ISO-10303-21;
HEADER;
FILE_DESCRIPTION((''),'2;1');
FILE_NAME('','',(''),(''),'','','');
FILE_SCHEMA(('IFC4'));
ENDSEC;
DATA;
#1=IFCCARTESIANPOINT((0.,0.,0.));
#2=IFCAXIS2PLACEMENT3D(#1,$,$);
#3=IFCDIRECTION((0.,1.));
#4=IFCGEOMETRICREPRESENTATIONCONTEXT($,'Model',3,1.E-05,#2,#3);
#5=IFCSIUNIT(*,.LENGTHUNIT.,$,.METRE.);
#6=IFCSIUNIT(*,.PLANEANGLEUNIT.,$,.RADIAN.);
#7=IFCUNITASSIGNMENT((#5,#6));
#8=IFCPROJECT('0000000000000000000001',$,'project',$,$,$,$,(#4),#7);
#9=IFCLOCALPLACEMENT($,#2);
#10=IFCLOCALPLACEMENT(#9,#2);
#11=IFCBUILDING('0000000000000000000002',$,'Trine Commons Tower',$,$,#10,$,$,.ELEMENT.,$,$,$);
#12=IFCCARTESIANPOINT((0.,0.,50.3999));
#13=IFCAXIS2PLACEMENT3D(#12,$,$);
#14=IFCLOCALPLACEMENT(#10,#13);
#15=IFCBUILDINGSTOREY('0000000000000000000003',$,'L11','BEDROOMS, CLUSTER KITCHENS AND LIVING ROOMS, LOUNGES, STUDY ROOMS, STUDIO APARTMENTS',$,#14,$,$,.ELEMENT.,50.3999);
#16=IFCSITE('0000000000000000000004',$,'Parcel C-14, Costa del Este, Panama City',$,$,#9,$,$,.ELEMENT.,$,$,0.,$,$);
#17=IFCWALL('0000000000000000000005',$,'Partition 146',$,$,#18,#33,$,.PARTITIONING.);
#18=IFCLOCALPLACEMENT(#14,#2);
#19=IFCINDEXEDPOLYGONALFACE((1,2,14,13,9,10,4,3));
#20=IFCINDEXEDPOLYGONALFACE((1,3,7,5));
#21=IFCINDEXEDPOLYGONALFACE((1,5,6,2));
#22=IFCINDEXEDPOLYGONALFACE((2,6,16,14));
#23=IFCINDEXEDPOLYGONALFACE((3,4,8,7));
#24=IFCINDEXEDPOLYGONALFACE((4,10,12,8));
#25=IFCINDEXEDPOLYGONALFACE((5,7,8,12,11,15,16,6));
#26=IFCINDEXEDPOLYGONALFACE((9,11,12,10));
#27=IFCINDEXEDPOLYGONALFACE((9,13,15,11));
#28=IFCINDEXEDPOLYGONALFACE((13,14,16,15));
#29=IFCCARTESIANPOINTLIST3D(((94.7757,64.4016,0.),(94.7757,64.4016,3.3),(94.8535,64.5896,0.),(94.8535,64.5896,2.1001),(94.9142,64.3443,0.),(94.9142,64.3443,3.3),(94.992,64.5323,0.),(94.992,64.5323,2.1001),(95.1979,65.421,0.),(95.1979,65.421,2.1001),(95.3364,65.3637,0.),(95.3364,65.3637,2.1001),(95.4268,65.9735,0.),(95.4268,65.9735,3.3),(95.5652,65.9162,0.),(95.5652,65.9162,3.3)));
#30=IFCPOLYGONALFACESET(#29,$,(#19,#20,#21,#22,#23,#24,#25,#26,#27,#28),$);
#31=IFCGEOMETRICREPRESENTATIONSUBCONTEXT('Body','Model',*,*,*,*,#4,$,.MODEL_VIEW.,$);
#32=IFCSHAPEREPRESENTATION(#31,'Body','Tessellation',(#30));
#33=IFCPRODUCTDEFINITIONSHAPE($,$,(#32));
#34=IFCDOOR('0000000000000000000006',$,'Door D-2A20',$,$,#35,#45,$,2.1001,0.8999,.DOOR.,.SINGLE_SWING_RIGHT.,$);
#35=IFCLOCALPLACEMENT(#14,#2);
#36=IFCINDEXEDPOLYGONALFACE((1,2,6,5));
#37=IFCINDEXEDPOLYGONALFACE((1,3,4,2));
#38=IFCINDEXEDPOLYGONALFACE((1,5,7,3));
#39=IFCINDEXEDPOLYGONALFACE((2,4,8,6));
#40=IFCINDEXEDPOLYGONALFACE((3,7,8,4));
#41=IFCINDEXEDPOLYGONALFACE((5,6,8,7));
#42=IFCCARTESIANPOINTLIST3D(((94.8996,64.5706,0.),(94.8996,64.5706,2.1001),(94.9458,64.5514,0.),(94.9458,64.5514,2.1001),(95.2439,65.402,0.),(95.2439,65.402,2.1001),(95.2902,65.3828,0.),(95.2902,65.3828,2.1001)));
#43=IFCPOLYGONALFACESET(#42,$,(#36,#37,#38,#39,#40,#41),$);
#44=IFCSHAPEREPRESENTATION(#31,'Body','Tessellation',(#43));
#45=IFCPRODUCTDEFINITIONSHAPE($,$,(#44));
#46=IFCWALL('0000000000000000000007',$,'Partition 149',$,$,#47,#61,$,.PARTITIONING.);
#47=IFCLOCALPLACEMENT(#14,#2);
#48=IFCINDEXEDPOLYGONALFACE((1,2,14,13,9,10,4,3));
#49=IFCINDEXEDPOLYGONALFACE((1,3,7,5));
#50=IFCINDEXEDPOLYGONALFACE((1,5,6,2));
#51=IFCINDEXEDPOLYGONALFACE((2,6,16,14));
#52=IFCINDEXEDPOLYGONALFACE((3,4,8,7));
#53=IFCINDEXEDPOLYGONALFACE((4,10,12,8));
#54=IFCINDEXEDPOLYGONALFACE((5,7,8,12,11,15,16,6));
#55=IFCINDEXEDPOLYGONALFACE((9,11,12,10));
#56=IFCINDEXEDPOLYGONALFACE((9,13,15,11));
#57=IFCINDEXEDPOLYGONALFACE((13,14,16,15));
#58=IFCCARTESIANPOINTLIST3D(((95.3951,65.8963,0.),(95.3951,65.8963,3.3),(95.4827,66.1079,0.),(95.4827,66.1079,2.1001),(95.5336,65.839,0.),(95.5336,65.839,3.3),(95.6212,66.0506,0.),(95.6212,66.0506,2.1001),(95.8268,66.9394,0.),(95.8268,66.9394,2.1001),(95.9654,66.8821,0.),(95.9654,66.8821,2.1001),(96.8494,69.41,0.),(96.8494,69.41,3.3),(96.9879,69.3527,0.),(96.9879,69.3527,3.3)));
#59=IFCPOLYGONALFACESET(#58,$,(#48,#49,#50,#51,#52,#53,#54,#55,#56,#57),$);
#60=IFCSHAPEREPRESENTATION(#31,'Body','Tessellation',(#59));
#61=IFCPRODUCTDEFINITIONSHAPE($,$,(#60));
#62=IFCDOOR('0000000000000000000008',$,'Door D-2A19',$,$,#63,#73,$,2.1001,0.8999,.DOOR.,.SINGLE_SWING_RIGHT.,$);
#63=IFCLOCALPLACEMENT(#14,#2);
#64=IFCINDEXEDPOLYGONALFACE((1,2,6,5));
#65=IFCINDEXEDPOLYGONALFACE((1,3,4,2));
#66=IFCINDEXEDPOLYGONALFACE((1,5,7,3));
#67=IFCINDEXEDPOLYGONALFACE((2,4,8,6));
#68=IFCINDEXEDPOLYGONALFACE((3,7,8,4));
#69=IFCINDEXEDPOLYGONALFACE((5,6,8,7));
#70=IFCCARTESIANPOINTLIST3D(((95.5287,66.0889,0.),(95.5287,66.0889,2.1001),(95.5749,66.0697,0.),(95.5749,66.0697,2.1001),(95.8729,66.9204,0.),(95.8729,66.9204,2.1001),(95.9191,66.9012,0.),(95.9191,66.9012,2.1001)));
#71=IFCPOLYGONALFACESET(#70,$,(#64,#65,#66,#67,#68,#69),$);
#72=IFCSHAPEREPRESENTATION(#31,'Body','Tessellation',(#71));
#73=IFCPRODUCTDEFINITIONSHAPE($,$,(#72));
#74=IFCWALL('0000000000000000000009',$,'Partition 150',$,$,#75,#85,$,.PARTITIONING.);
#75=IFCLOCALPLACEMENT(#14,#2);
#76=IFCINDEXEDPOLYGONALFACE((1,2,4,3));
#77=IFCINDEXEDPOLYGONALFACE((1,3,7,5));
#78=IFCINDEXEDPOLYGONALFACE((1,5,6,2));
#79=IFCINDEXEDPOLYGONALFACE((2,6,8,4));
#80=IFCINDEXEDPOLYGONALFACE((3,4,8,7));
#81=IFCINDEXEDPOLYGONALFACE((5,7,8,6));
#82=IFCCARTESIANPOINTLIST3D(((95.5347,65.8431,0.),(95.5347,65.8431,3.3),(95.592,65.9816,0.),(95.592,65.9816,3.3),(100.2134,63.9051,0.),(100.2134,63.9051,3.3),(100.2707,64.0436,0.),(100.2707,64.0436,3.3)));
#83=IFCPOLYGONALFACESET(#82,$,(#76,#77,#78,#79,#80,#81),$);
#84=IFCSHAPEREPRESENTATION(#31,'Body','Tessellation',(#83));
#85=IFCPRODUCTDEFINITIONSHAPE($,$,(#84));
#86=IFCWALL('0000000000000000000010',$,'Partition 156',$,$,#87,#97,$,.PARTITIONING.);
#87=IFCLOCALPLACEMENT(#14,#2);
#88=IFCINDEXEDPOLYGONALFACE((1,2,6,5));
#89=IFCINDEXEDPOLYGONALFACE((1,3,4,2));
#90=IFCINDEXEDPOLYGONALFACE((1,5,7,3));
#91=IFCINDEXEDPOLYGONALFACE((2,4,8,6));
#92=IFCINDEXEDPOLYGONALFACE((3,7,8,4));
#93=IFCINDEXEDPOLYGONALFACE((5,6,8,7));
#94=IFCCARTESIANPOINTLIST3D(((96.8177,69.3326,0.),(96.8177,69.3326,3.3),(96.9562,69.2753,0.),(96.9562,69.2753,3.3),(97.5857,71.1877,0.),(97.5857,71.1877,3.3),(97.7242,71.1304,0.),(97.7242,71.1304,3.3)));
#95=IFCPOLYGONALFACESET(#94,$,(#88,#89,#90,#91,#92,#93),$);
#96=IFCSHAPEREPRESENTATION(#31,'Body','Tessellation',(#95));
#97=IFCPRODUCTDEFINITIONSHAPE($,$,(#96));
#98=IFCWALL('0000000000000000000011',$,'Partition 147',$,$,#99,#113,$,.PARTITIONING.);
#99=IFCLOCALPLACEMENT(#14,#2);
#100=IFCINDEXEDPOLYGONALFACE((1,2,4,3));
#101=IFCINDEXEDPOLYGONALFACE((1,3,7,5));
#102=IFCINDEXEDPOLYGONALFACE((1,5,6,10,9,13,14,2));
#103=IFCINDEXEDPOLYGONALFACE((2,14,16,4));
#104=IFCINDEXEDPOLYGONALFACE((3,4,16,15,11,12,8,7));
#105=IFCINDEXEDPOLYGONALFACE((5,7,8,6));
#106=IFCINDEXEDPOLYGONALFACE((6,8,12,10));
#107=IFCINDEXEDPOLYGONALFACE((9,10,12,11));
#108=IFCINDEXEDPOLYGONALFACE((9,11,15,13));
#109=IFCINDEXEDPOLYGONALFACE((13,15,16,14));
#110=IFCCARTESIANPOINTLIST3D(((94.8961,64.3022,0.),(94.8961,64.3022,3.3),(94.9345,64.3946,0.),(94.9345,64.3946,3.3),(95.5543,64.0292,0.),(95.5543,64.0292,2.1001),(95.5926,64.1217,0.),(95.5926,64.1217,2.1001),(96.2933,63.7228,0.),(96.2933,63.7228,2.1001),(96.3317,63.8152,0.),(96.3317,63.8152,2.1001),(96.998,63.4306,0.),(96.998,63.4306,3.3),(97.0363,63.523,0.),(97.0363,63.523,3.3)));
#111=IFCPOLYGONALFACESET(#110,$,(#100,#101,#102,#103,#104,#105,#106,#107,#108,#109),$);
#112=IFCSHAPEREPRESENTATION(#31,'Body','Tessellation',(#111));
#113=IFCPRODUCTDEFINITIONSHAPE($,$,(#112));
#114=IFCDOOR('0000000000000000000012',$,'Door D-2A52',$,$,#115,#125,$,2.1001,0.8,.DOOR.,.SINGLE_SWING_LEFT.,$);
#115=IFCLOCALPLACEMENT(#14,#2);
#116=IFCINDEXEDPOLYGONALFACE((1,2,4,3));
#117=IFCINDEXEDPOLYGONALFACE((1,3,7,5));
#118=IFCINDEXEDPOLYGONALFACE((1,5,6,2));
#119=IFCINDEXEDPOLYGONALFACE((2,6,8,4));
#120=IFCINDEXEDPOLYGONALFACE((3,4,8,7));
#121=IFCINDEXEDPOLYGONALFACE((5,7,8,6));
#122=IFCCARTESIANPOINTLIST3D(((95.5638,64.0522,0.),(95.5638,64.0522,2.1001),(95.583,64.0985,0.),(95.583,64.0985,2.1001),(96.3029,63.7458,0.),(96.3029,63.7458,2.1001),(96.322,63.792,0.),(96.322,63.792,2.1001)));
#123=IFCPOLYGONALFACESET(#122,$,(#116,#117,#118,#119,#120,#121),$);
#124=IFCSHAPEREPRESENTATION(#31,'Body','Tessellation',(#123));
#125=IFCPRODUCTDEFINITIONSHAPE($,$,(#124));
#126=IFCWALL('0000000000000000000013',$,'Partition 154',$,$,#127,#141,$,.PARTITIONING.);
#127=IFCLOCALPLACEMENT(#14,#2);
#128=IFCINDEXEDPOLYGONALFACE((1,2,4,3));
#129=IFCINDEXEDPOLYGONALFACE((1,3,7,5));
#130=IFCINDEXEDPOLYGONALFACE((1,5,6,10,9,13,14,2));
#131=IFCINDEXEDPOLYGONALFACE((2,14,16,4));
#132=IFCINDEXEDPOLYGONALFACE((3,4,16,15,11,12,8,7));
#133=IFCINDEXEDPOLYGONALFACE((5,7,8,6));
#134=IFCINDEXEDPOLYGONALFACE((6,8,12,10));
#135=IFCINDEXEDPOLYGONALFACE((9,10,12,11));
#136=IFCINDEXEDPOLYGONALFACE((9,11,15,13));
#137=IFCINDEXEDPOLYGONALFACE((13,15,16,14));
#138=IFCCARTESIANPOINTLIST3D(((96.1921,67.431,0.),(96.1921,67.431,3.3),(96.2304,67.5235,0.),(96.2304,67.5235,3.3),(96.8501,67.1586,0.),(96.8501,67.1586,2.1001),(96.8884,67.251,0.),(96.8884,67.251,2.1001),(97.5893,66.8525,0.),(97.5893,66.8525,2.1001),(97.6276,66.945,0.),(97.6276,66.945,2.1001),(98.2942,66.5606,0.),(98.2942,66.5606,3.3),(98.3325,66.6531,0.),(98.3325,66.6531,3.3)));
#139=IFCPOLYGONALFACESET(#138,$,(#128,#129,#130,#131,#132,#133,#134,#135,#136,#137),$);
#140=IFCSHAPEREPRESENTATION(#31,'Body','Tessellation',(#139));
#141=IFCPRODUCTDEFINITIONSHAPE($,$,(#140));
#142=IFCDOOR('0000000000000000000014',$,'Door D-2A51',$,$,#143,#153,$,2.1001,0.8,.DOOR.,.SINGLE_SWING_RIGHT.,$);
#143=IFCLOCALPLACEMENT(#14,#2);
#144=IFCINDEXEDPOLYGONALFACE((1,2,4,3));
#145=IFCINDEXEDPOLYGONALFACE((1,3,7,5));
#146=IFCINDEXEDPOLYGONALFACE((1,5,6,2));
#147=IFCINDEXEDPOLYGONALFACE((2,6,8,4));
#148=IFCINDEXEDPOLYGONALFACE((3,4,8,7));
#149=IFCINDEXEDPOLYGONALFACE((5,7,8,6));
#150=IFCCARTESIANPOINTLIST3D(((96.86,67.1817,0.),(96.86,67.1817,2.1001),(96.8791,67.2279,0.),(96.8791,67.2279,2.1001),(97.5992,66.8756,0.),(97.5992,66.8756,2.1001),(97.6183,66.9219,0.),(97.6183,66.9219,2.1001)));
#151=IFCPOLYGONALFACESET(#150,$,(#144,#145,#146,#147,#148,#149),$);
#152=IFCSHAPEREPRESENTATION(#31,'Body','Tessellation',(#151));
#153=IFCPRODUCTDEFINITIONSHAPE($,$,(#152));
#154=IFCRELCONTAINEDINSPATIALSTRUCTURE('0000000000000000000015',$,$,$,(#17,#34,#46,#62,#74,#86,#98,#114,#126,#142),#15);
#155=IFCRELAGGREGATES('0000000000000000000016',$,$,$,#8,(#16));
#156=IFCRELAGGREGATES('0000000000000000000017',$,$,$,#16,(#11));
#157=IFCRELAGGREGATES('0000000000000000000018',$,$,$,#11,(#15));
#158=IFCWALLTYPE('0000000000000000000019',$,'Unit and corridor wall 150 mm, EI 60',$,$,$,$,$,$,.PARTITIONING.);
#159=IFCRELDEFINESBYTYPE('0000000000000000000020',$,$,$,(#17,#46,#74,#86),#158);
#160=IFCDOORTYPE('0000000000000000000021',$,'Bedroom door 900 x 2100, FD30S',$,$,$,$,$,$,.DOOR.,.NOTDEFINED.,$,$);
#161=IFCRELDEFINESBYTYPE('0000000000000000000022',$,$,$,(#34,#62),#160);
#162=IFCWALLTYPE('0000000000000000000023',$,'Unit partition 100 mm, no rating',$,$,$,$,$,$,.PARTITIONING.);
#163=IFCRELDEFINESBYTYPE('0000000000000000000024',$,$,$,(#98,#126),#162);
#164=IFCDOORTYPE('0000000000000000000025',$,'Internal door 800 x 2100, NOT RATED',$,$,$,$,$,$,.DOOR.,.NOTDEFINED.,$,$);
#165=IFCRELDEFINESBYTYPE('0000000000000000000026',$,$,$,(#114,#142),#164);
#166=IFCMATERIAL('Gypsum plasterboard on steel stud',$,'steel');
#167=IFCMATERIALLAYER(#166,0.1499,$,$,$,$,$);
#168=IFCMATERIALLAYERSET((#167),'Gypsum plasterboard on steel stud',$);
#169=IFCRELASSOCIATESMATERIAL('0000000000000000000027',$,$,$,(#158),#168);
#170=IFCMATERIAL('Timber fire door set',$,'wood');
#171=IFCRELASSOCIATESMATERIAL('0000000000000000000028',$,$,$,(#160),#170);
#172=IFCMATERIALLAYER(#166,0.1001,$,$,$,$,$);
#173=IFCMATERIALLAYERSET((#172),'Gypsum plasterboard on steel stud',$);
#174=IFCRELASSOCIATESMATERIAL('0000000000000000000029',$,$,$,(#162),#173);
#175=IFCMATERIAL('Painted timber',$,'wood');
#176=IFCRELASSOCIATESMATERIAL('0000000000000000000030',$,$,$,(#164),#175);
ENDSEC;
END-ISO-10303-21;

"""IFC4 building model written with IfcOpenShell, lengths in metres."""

from ifc_helpers import new_model, si_unit, direction, frame, frame_2d, origin, place, context, subcontext, project, spatial, rectangle, extrude, material, layer, layer_set, type_object, element, fill, save


model = new_model("IFC4")

# Units and contexts
model_context = context("Model", 3, precision=1e-05, world=origin(), true_north=direction((0.0, 1.0)))
body_context = subcontext(model_context, "Body", "Model", "MODEL_VIEW")
ifc_project = project(units=[si_unit("LENGTHUNIT", "METRE"), si_unit("PLANEANGLEUNIT", "RADIAN")], contexts=[model_context])

# Site, building, storey
site_placement = place(None, origin())
site = spatial("IfcSite", under=ifc_project, at=site_placement, Name="Parcel C-14, Costa del Este, Panama City", CompositionType="ELEMENT", RefElevation=0.0)
building_placement = place(site_placement, origin())
building = spatial("IfcBuilding", under=site, at=building_placement, Name="Trine Commons Tower", CompositionType="ELEMENT")
storey_placement = place(building_placement, frame((0.0, 0.0, 50.3999)))
storey = spatial("IfcBuildingStorey", under=building, at=storey_placement, Name="L11", Description="BEDROOMS, CLUSTER KITCHENS AND LIVING ROOMS, LOUNGES, STUDY ROOMS, STUDIO APARTMENTS", CompositionType="ELEMENT", Elevation=50.3999)

# Shared definitions
ifc_material_1 = material(Name="Gypsum plasterboard on steel stud", Category="steel")
ifc_layer_1 = layer(ifc_material_1, 0.1499)
ifc_layer_set_1 = layer_set([ifc_layer_1], Name="Gypsum plasterboard on steel stud")
wall_type_1 = type_object("IfcWallType", Name="Unit and corridor wall 150 mm, EI 60", PredefinedType="PARTITIONING", material=ifc_layer_set_1)
ifc_material_2 = material(Name="Timber fire door set", Category="wood")

# Walls, openings, doors
wall_1_placement = place(storey_placement, frame((94.845, 64.373, 0.0), z_axis=(0.0, 0.0, 1.0), x_axis=(0.382669, 0.923886, 0.0)))
wall_1 = element("IfcWall", 1, at=wall_1_placement, inside=storey, type_object=wall_type_1, Name="Partition 146", PredefinedType="PARTITIONING", context=body_context, shape_type="SweptSolid", body=[
    extrude(rectangle(XDim=1.7014, YDim=0.1499, at=frame_2d((0.8506, 0.0))), origin(), (0.0, 0.0, 1.0), 3.3),
])
opening_1_placement = place(wall_1_placement, frame((0.2034, 0.0, 0.0)))
opening_1 = element("IfcOpeningElement", 2, at=opening_1_placement, cuts=wall_1, PredefinedType="OPENING", context=body_context, shape_type="SweptSolid", body=[
    extrude(rectangle(XDim=0.8999, YDim=2.1001, at=frame_2d((0.45, 1.05))), frame((0.0, 0.085, 0.0), z_axis=(0.0, -1.0, 0.0), x_axis=(1.0, 0.0, 0.0)), (0.0, 0.0, 1.0), 0.1699),
])
door_type_1 = type_object("IfcDoorType", Name="Bedroom door 900 x 2100, FD30S", OperationType="NOTDEFINED", PredefinedType="DOOR", material=ifc_material_2)
door_1_placement = place(opening_1_placement, frame((0.8999, 0.0, 0.0), z_axis=(0.0, 0.0, 1.0), x_axis=(-1.0, 0.0, 0.0)))
door_1 = element("IfcDoor", 3, at=door_1_placement, inside=storey, type_object=door_type_1, Name="Door D-2A20", OperationType="SINGLE_SWING_RIGHT", OverallHeight=2.1001, OverallWidth=0.8999, PredefinedType="DOOR", context=body_context, shape_type="SweptSolid", body=[
    extrude(rectangle(XDim=0.8999, YDim=2.1001, at=frame_2d((0.45, 1.05))), frame((0.0, 0.0249, 0.0), z_axis=(0.0, -1.0, 0.0), x_axis=(1.0, 0.0, 0.0)), (0.0, 0.0, 1.0), 0.05),
])
fill(opening_1, door_1)
wall_2_placement = place(storey_placement, frame((95.4644, 65.8677, 0.0), z_axis=(0.0, 0.0, 1.0), x_axis=(0.382444, 0.923979, 0.0)))
wall_2 = element("IfcWall", 4, at=wall_2_placement, inside=storey, type_object=wall_type_1, Name="Partition 149", PredefinedType="PARTITIONING", context=body_context, shape_type="SweptSolid", body=[
    extrude(rectangle(XDim=3.8027, YDim=0.1499, at=frame_2d((1.9014, 0.0))), origin(), (0.0, 0.0, 1.0), 3.3),
])
opening_2_placement = place(wall_2_placement, frame((0.229, 0.0, 0.0)))
opening_2 = element("IfcOpeningElement", 5, at=opening_2_placement, cuts=wall_2, PredefinedType="OPENING", context=body_context, shape_type="SweptSolid", body=[
    extrude(rectangle(XDim=0.8999, YDim=2.1001, at=frame_2d((0.45, 1.05))), frame((0.0, 0.085, 0.0), z_axis=(0.0, -1.0, 0.0), x_axis=(1.0, 0.0, 0.0)), (0.0, 0.0, 1.0), 0.1699),
])
door_2_placement = place(opening_2_placement, frame((0.8999, 0.0, 0.0), z_axis=(0.0, 0.0, 1.0), x_axis=(-1.0, 0.0, 0.0)))
door_2 = element("IfcDoor", 6, at=door_2_placement, inside=storey, type_object=door_type_1, Name="Door D-2A19", OperationType="SINGLE_SWING_RIGHT", OverallHeight=2.1001, OverallWidth=0.8999, PredefinedType="DOOR", context=body_context, shape_type="SweptSolid", body=[
    extrude(rectangle(XDim=0.8999, YDim=2.1001, at=frame_2d((0.45, 1.05))), frame((0.0, 0.0249, 0.0), z_axis=(0.0, -1.0, 0.0), x_axis=(1.0, 0.0, 0.0)), (0.0, 0.0, 1.0), 0.05),
])
fill(opening_2, door_2)

# Walls
wall_3_placement = place(storey_placement, frame((95.5632, 65.9124, 0.0), z_axis=(0.0, 0.0, 1.0), x_axis=(0.923879, -0.382684, 0.0)))
element("IfcWall", 7, at=wall_3_placement, inside=storey, type_object=wall_type_1, Name="Partition 150", PredefinedType="PARTITIONING", context=body_context, shape_type="SweptSolid", body=[
    extrude(rectangle(XDim=5.0642, YDim=0.1499, at=frame_2d((2.5322, 0.0))), origin(), (0.0, 0.0, 1.0), 3.3),
])
wall_4_placement = place(storey_placement, frame((96.887, 69.304, 0.0), z_axis=(0.0, 0.0, 1.0), x_axis=(0.382516, 0.923949, 0.0)))
element("IfcWall", 8, at=wall_4_placement, inside=storey, type_object=wall_type_1, Name="Partition 156", PredefinedType="PARTITIONING", context=body_context, shape_type="SweptSolid", body=[
    extrude(rectangle(XDim=2.0078, YDim=0.1499, at=frame_2d((1.0039, 0.0))), origin(), (0.0, 0.0, 1.0), 3.3),
])

# Walls, openings, doors
ifc_layer_2 = layer(ifc_material_1, 0.1001)
ifc_layer_set_2 = layer_set([ifc_layer_2], Name="Gypsum plasterboard on steel stud")
wall_type_2 = type_object("IfcWallType", Name="Unit partition 100 mm, no rating", PredefinedType="PARTITIONING", material=ifc_layer_set_2)
wall_5_placement = place(storey_placement, frame((94.9153, 64.3484, 0.0), z_axis=(0.0, 0.0, 1.0), x_axis=(0.923726, -0.383053, 0.0)))
wall_5 = element("IfcWall", 9, at=wall_5_placement, inside=storey, type_object=wall_type_2, Name="Partition 147", PredefinedType="PARTITIONING", context=body_context, shape_type="SweptSolid", body=[
    extrude(rectangle(XDim=2.2754, YDim=0.1001, at=frame_2d((1.1377, 0.0))), origin(), (0.0, 0.0, 1.0), 3.3),
])
opening_3_placement = place(wall_5_placement, frame((0.7126, 0.0, 0.0)))
opening_3 = element("IfcOpeningElement", 10, at=opening_3_placement, cuts=wall_5, PredefinedType="OPENING", context=body_context, shape_type="SweptSolid", body=[
    extrude(rectangle(XDim=0.8, YDim=2.1001, at=frame_2d((0.3999, 1.05))), frame((0.0, 0.0601, 0.0), z_axis=(0.0, -1.0, 0.0), x_axis=(1.0, 0.0, 0.0)), (0.0, 0.0, 1.0), 0.1201),
])
ifc_material_3 = material(Name="Painted timber", Category="wood")
door_type_2 = type_object("IfcDoorType", Name="Internal door 800 x 2100, NOT RATED", OperationType="NOTDEFINED", PredefinedType="DOOR", material=ifc_material_3)
door_3_placement = place(opening_3_placement, origin())
door_3 = element("IfcDoor", 11, at=door_3_placement, inside=storey, type_object=door_type_2, Name="Door D-2A52", OperationType="SINGLE_SWING_LEFT", OverallHeight=2.1001, OverallWidth=0.8, PredefinedType="DOOR", context=body_context, shape_type="SweptSolid", body=[
    extrude(rectangle(XDim=0.8, YDim=2.1001, at=frame_2d((0.3999, 1.05))), frame((0.0, 0.0249, 0.0), z_axis=(0.0, -1.0, 0.0), x_axis=(1.0, 0.0, 0.0)), (0.0, 0.0, 1.0), 0.05),
])
fill(opening_3, door_3)
wall_6_placement = place(storey_placement, frame((96.2112, 67.4773, 0.0), z_axis=(0.0, 0.0, 1.0), x_axis=(0.923932, -0.382557, 0.0)))
wall_6 = element("IfcWall", 12, at=wall_6_placement, inside=storey, type_object=wall_type_2, Name="Partition 154", PredefinedType="PARTITIONING", context=body_context, shape_type="SweptSolid", body=[
    extrude(rectangle(XDim=2.2751, YDim=0.1001, at=frame_2d((1.1377, 0.0))), origin(), (0.0, 0.0, 1.0), 3.3),
])
opening_4_placement = place(wall_6_placement, frame((0.7124, 0.0, 0.0)))
opening_4 = element("IfcOpeningElement", 13, at=opening_4_placement, cuts=wall_6, PredefinedType="OPENING", context=body_context, shape_type="SweptSolid", body=[
    extrude(rectangle(XDim=0.8, YDim=2.1001, at=frame_2d((0.3999, 1.05))), frame((0.0, 0.0601, 0.0), z_axis=(0.0, -1.0, 0.0), x_axis=(1.0, 0.0, 0.0)), (0.0, 0.0, 1.0), 0.1201),
])
door_4_placement = place(opening_4_placement, frame((0.8, 0.0, 0.0), z_axis=(0.0, 0.0, 1.0), x_axis=(-1.0, 0.0, 0.0)))
door_4 = element("IfcDoor", 14, at=door_4_placement, inside=storey, type_object=door_type_2, Name="Door D-2A51", OperationType="SINGLE_SWING_RIGHT", OverallHeight=2.1001, OverallWidth=0.8, PredefinedType="DOOR", context=body_context, shape_type="SweptSolid", body=[
    extrude(rectangle(XDim=0.8, YDim=2.1001, at=frame_2d((0.3999, 1.05))), frame((0.0, 0.0249, 0.0), z_axis=(0.0, -1.0, 0.0), x_axis=(1.0, 0.0, 0.0)), (0.0, 0.0, 1.0), 0.05),
])
fill(opening_4, door_4)

save(model, "model.ifc")
